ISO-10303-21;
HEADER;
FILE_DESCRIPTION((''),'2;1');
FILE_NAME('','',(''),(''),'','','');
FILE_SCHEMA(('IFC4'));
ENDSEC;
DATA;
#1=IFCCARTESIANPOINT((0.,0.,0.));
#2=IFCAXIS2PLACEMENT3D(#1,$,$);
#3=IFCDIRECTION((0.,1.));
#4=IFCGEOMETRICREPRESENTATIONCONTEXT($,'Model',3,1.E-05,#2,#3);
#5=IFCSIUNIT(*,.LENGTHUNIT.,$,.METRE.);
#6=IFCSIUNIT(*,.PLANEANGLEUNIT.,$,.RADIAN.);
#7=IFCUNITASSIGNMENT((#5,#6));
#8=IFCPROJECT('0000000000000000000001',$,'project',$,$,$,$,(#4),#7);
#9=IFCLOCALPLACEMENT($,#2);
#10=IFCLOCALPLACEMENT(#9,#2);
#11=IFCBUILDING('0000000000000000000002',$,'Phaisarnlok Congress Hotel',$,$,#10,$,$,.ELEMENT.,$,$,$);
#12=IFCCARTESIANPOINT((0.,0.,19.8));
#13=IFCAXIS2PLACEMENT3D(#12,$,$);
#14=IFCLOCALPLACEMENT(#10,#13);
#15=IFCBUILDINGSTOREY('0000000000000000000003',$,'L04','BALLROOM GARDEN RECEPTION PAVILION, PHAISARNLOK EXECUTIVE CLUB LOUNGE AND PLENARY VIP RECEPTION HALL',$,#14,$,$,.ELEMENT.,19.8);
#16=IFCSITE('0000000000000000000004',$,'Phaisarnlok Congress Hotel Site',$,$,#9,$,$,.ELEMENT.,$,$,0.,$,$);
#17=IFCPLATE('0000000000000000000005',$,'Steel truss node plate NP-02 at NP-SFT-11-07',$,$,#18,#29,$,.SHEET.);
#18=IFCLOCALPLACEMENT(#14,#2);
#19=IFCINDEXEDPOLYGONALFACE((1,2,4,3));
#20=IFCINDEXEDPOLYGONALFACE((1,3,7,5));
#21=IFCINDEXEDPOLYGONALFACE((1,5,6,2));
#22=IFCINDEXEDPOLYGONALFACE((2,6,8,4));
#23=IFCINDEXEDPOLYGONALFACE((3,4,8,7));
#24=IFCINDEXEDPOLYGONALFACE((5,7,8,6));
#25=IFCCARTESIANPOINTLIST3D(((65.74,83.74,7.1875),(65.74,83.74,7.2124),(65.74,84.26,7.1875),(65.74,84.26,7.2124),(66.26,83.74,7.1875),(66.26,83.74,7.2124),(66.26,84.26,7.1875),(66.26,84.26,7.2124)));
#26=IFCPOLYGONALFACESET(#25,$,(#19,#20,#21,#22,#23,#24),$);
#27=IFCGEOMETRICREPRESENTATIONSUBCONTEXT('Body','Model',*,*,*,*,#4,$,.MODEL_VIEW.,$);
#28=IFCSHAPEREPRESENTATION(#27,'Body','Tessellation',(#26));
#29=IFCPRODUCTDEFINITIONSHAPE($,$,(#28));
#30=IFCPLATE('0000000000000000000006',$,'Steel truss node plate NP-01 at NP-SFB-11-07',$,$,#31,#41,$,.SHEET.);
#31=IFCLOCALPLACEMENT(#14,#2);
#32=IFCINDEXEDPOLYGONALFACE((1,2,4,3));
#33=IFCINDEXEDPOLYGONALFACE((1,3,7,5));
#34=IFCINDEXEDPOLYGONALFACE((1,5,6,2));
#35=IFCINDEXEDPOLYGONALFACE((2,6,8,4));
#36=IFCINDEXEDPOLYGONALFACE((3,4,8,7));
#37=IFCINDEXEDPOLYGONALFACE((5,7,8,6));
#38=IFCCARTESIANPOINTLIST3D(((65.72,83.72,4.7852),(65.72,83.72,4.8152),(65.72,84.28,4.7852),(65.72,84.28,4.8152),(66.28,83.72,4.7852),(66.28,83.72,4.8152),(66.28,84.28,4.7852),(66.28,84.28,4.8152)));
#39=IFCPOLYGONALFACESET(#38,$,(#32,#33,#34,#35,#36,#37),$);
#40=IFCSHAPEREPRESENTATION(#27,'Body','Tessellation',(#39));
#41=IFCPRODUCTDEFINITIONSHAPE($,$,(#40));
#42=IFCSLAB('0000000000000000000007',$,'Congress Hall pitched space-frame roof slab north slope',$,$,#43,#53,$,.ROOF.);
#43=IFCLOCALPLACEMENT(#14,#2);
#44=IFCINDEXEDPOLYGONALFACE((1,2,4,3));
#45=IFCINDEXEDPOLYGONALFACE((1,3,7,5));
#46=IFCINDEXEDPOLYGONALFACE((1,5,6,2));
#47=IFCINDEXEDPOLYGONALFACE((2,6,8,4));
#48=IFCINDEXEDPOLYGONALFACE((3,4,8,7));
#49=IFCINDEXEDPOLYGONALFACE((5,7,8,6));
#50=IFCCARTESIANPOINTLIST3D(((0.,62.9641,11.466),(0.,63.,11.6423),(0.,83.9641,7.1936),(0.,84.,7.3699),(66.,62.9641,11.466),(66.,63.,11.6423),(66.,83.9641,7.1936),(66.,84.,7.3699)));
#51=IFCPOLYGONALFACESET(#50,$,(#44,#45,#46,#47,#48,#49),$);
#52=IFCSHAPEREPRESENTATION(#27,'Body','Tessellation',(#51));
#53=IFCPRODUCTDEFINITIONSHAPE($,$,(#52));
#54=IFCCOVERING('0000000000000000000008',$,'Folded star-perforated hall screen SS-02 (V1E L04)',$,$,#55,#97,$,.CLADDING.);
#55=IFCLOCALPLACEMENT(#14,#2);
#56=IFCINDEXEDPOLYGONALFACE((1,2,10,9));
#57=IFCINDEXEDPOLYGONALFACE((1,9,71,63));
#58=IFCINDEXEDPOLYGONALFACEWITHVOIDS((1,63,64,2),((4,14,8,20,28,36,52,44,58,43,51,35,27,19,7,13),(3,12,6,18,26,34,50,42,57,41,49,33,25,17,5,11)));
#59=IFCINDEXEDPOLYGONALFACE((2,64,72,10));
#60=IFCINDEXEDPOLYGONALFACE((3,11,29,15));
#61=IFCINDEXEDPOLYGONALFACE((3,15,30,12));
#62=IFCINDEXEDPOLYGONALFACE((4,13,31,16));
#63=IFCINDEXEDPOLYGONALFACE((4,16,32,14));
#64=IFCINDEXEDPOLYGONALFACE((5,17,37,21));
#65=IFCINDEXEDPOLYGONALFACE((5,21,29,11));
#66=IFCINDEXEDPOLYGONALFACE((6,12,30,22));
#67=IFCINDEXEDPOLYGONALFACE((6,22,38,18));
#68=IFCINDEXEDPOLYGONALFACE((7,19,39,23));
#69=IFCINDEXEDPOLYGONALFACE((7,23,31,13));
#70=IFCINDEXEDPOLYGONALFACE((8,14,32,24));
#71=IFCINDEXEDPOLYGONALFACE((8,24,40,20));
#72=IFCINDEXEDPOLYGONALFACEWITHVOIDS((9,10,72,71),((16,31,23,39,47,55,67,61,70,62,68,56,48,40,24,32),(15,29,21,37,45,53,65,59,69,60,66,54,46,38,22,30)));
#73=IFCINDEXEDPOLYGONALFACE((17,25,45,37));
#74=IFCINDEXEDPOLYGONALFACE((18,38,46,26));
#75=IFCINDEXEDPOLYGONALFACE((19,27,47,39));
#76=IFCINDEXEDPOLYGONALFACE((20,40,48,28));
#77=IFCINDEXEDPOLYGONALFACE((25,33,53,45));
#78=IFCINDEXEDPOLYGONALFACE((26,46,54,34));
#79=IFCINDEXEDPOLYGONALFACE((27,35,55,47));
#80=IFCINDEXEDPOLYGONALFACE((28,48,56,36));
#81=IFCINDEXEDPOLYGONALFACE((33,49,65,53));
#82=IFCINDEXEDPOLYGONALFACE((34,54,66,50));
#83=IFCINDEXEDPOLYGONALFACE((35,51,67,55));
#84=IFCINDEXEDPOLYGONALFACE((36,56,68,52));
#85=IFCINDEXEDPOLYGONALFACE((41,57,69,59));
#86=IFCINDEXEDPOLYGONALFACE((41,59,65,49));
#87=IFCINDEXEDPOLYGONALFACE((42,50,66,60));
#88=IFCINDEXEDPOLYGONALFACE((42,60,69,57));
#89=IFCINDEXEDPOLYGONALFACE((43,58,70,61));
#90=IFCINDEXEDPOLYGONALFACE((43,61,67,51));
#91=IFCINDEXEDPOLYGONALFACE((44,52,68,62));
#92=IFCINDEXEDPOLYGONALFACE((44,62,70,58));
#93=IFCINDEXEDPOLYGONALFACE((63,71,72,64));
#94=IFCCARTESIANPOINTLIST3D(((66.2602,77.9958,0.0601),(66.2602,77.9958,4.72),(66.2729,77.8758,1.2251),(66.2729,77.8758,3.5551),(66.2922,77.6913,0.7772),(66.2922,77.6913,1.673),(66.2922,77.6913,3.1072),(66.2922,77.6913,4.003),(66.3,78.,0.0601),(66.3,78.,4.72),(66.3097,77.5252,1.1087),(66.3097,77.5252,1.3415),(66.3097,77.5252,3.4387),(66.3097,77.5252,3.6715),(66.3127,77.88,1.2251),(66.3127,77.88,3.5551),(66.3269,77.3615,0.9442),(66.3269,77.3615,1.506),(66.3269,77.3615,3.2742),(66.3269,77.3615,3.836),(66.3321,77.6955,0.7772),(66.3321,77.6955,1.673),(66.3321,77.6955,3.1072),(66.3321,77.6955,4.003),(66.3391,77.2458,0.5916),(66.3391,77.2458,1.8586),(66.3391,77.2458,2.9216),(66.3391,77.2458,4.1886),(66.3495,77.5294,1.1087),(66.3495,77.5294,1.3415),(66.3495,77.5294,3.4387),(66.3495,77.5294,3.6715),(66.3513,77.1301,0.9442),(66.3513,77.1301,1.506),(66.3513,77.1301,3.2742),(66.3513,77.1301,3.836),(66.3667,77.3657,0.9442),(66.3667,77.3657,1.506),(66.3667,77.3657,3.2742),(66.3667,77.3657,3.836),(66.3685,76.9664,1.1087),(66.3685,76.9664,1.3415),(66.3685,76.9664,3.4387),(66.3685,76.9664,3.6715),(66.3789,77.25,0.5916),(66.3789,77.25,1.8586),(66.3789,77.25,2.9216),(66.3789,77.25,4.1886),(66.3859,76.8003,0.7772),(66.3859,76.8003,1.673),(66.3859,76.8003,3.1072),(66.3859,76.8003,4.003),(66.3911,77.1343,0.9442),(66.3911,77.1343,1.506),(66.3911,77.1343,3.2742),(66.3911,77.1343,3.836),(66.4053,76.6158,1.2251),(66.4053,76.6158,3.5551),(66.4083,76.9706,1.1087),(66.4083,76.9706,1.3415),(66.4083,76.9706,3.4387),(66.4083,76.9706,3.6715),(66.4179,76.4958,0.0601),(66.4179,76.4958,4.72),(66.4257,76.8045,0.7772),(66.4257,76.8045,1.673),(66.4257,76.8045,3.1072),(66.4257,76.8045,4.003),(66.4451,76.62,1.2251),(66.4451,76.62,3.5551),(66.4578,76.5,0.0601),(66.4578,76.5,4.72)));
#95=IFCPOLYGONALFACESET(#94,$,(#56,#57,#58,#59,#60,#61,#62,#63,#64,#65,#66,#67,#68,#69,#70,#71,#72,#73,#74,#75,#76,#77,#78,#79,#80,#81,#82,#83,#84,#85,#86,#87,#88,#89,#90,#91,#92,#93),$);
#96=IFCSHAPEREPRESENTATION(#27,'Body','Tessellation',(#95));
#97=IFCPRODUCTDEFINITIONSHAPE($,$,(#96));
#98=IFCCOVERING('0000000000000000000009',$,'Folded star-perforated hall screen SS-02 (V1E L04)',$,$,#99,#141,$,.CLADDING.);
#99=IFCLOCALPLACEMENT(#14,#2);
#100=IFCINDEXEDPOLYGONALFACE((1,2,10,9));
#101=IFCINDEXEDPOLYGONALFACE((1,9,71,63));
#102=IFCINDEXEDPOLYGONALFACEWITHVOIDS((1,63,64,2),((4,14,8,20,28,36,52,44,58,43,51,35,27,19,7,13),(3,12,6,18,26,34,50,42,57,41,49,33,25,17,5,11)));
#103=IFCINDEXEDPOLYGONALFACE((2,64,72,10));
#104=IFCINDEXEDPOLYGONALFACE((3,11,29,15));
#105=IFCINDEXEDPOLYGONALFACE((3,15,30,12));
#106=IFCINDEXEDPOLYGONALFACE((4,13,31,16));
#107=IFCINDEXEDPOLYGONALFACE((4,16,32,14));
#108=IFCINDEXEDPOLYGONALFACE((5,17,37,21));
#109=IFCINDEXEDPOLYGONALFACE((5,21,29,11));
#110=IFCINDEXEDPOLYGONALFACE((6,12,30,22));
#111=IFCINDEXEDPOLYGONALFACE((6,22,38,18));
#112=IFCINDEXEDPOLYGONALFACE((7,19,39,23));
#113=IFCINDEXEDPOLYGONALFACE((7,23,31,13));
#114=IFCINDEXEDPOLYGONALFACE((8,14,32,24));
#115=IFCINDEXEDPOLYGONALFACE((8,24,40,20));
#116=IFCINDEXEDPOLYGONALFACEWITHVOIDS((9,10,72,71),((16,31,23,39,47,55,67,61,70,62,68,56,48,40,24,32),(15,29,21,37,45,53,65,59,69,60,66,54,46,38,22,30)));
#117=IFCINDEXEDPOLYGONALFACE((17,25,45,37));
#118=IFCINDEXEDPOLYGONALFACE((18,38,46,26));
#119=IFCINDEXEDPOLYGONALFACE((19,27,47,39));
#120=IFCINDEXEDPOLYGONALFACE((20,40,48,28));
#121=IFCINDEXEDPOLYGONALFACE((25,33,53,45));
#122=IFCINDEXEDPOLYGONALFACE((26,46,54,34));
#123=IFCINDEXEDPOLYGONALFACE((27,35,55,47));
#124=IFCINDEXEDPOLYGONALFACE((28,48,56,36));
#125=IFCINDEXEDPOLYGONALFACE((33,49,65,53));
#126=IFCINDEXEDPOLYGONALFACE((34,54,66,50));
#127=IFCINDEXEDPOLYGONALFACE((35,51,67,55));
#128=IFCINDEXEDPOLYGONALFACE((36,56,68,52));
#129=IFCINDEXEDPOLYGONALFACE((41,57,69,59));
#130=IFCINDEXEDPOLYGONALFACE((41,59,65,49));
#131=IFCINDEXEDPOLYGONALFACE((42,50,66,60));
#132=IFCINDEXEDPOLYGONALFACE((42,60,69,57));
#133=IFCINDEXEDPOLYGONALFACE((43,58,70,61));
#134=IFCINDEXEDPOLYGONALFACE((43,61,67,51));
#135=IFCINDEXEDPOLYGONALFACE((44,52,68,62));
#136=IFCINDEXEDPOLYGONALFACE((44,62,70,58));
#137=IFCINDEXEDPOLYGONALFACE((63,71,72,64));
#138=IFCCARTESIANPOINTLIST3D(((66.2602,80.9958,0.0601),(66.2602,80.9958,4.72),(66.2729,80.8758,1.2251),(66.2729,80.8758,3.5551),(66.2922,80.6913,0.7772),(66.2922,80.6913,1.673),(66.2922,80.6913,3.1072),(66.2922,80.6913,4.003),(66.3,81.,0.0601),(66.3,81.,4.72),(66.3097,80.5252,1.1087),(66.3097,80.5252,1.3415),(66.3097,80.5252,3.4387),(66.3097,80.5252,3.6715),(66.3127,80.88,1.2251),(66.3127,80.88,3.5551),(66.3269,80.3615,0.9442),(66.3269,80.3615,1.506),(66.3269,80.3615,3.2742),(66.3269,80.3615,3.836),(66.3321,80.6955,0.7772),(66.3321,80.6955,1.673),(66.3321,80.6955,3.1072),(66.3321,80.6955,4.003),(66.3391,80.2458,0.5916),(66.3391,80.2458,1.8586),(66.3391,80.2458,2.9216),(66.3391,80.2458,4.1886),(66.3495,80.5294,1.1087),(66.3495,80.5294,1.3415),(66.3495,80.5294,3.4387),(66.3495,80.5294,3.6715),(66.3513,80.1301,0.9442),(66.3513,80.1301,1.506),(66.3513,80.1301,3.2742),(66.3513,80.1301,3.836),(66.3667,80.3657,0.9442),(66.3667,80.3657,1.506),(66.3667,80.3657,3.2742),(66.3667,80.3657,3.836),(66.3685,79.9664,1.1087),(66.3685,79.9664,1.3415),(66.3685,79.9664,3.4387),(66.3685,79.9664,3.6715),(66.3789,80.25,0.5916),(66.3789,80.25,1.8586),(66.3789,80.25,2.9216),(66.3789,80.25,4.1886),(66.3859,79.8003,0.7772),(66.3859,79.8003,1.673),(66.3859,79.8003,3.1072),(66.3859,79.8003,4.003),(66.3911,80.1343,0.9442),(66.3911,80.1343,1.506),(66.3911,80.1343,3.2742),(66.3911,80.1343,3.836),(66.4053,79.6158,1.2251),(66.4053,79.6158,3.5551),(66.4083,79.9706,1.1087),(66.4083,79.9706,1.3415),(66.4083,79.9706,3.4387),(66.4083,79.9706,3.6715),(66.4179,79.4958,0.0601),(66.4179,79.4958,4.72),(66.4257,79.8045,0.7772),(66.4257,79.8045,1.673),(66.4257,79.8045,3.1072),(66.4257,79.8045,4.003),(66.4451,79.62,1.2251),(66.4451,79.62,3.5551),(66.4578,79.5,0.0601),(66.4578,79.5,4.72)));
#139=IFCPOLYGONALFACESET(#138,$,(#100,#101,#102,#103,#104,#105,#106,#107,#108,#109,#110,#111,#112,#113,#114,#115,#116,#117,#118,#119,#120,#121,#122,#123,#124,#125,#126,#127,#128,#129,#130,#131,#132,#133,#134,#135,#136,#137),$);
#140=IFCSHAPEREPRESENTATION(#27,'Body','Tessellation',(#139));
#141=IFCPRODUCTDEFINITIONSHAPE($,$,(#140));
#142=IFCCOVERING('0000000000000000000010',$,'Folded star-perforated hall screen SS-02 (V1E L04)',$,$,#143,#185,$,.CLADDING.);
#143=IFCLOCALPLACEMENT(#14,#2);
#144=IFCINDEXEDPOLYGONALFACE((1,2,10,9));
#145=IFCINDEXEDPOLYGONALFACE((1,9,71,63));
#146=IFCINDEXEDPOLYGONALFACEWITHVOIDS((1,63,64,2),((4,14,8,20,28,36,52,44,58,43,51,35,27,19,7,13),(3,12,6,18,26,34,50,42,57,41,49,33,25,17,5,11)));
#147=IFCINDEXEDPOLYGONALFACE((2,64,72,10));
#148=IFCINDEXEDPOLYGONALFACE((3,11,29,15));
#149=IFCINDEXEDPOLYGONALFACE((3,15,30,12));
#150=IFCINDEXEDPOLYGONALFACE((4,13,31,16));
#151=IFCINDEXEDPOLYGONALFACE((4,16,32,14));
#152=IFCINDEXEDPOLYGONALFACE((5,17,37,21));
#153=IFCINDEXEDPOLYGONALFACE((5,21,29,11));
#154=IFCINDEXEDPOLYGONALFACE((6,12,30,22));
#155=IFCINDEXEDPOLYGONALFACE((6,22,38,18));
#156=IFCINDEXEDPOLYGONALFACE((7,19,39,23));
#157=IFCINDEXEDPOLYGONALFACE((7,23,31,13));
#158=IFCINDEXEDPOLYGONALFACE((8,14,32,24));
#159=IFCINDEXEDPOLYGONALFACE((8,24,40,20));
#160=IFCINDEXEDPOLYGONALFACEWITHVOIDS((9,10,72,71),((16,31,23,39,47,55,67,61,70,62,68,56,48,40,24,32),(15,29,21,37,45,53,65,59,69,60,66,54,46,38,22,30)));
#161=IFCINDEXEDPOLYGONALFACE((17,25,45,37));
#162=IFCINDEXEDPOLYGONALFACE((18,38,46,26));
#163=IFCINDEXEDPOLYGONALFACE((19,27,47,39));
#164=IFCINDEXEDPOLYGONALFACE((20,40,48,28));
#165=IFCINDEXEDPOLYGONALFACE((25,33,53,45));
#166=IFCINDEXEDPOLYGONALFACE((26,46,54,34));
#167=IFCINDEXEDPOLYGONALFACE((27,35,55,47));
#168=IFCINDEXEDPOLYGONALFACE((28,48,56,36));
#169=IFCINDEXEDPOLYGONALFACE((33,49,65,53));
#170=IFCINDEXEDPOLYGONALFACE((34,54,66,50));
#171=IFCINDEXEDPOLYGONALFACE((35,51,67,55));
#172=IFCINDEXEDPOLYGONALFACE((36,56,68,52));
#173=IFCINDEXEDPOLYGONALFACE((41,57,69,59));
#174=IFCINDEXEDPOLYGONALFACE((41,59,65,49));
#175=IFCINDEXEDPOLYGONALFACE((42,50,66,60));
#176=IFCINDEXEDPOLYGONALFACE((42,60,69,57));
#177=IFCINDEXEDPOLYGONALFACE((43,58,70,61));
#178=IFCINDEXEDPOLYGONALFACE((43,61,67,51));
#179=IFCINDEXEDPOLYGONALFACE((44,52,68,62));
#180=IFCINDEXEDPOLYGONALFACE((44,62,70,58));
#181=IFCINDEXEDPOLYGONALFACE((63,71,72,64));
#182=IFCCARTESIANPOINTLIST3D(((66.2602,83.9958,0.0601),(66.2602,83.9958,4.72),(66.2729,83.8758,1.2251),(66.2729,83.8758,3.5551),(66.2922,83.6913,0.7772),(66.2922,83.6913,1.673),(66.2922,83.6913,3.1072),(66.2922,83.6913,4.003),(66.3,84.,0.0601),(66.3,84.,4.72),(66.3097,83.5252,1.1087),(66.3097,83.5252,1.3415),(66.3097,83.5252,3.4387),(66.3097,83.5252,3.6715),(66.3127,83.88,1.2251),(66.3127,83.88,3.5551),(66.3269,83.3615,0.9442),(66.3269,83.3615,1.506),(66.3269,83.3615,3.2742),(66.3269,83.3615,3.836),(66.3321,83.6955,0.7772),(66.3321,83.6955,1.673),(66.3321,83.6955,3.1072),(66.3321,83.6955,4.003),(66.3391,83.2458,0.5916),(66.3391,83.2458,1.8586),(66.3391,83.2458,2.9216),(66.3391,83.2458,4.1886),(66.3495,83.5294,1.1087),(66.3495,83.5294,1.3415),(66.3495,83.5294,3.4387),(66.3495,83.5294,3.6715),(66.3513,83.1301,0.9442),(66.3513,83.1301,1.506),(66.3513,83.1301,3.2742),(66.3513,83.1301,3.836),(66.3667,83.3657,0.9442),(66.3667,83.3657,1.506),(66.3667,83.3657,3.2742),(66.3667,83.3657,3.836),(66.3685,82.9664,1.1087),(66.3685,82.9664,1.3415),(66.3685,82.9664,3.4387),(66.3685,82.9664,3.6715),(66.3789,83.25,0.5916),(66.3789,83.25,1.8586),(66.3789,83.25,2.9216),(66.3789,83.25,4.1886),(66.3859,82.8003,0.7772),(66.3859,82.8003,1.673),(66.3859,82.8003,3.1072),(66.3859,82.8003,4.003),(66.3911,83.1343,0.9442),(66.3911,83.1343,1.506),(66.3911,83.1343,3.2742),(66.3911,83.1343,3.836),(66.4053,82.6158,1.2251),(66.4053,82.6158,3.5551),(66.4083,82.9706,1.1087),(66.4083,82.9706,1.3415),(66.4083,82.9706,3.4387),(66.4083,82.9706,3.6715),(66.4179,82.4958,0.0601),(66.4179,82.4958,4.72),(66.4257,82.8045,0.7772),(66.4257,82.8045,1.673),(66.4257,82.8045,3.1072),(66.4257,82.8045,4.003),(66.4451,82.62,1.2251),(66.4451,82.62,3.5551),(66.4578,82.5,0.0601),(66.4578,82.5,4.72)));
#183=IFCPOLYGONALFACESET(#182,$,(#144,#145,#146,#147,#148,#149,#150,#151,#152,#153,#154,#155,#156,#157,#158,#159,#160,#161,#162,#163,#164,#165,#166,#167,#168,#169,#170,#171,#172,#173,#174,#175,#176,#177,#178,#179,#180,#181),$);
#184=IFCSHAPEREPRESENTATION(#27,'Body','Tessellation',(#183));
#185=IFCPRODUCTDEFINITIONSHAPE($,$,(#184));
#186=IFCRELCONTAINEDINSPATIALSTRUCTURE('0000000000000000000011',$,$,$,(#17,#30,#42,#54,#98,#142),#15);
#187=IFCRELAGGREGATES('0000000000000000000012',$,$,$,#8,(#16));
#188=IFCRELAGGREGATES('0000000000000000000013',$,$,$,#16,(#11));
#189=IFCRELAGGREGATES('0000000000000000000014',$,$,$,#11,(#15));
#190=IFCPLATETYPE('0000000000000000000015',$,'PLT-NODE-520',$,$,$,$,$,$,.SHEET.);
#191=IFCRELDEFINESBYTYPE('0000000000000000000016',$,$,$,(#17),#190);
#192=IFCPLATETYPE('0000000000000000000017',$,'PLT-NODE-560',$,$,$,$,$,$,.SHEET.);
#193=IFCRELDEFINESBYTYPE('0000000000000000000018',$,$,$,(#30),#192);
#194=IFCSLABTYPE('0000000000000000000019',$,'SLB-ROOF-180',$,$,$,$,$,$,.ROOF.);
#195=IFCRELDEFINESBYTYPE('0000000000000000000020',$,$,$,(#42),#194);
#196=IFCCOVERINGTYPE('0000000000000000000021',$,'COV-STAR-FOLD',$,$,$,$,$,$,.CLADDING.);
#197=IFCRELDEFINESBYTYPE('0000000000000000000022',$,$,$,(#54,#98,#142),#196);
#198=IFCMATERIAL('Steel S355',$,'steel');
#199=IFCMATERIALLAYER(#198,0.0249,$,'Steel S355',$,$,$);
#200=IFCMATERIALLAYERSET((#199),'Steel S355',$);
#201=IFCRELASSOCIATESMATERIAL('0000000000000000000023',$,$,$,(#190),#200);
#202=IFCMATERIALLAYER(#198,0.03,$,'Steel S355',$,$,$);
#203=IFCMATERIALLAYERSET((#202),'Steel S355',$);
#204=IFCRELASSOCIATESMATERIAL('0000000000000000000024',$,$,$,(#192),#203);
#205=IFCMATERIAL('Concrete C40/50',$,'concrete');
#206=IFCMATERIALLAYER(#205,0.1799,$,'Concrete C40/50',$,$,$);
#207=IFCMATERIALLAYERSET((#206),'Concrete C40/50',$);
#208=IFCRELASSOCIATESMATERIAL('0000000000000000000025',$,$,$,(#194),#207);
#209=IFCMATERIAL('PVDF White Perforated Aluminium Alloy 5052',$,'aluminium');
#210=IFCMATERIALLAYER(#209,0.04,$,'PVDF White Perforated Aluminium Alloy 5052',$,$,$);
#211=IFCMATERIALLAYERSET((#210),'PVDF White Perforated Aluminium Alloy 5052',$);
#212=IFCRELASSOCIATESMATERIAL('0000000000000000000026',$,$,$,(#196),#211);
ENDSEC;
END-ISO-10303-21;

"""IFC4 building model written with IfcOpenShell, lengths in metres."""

from ifc_helpers import new_model, si_unit, direction, frame, origin, origin_2d, place, context, subcontext, project, spatial, polyline, rectangle, outline, extrude, material, layer, layer_set, type_object, element, save


model = new_model("IFC4")

# Units and contexts
model_context = context("Model", 3, precision=1e-05, world=origin(), true_north=direction((0.0, 1.0)))
body_context = subcontext(model_context, "Body", "Model", "MODEL_VIEW")
ifc_project = project(units=[si_unit("LENGTHUNIT", "METRE"), si_unit("PLANEANGLEUNIT", "RADIAN")], contexts=[model_context])

# Site, building, storey
site_placement = place(None, origin())
site = spatial("IfcSite", under=ifc_project, at=site_placement, Name="Phaisarnlok Congress Hotel Site", CompositionType="ELEMENT", RefElevation=0.0)
building_placement = place(site_placement, origin())
building = spatial("IfcBuilding", under=site, at=building_placement, Name="Phaisarnlok Congress Hotel", CompositionType="ELEMENT")
storey_placement = place(building_placement, frame((0.0, 0.0, 19.8)))
storey = spatial("IfcBuildingStorey", under=building, at=storey_placement, Name="L04", Description="BALLROOM GARDEN RECEPTION PAVILION, PHAISARNLOK EXECUTIVE CLUB LOUNGE AND PLENARY VIP RECEPTION HALL", CompositionType="ELEMENT", Elevation=19.8)

# Shared definitions
ifc_material_1 = material(Name="Steel S355", Category="steel")

# Shared definitions
ifc_material_2 = material(Name="Concrete C40/50", Category="concrete")

# Plates
ifc_layer_1 = layer(ifc_material_1, 0.0249, Name="Steel S355")
ifc_layer_set_1 = layer_set([ifc_layer_1], Name="Steel S355")
plate_type_1 = type_object("IfcPlateType", Name="PLT-NODE-520", PredefinedType="SHEET", material=ifc_layer_set_1)
plate_1_placement = place(storey_placement, frame((66.0, 84.0, 7.1875), z_axis=(0.0, 0.0, 1.0), x_axis=(1.0, 0.0, 0.0)))
element("IfcPlate", 1, at=plate_1_placement, inside=storey, type_object=plate_type_1, Name="Steel truss node plate NP-02 at NP-SFT-11-07", PredefinedType="SHEET", context=body_context, shape_type="SweptSolid", body=[
    extrude(rectangle(XDim=0.52, YDim=0.52, at=origin_2d()), origin(), (0.0, 0.0, 1.0), 0.0249),
])
ifc_layer_2 = layer(ifc_material_1, 0.03, Name="Steel S355")
ifc_layer_set_2 = layer_set([ifc_layer_2], Name="Steel S355")
plate_type_2 = type_object("IfcPlateType", Name="PLT-NODE-560", PredefinedType="SHEET", material=ifc_layer_set_2)
plate_2_placement = place(storey_placement, frame((66.0, 84.0, 4.7852), z_axis=(0.0, 0.0, 1.0), x_axis=(1.0, 0.0, 0.0)))
element("IfcPlate", 2, at=plate_2_placement, inside=storey, type_object=plate_type_2, Name="Steel truss node plate NP-01 at NP-SFB-11-07", PredefinedType="SHEET", context=body_context, shape_type="SweptSolid", body=[
    extrude(rectangle(XDim=0.5601, YDim=0.5601, at=origin_2d()), origin(), (0.0, 0.0, 1.0), 0.03),
])

# Slab
ifc_layer_3 = layer(ifc_material_2, 0.1799, Name="Concrete C40/50")
ifc_layer_set_3 = layer_set([ifc_layer_3], Name="Concrete C40/50")
slab_type = type_object("IfcSlabType", Name="SLB-ROOF-180", PredefinedType="ROOF", material=ifc_layer_set_3)
slab_placement = place(storey_placement, frame((66.0, 84.0, 7.3699), z_axis=(0.0, 0.199366, 0.979925), x_axis=(-1.0, 0.0, 0.0)))
element("IfcSlab", 3, at=slab_placement, inside=storey, type_object=slab_type, Name="Congress Hall pitched space-frame roof slab north slope", PredefinedType="ROOF", context=body_context, shape_type="SweptSolid", body=[
    extrude(outline(polyline([(0.0, 0.0), (66.0, 0.0), (66.0, 21.4302), (0.0, 21.4302), (0.0, 0.0)])), origin(), (0.0, 0.0, -1.0), 0.1799),
])

# Coverings
ifc_material_3 = material(Name="PVDF White Perforated Aluminium Alloy 5052", Category="aluminium")
ifc_layer_4 = layer(ifc_material_3, 0.04, Name="PVDF White Perforated Aluminium Alloy 5052")
ifc_layer_set_4 = layer_set([ifc_layer_4], Name="PVDF White Perforated Aluminium Alloy 5052")
covering_type = type_object("IfcCoveringType", Name="COV-STAR-FOLD", PredefinedType="CLADDING", material=ifc_layer_set_4)
for number, where, z_axis, x_axis, name in (
    (4, (66.3, 78.0, 0.0601), (-0.994518, -0.104567, 0.0), (0.104567, -0.994518, 0.0), "Folded star-perforated hall screen SS-02 (V1E L04)"),
    (5, (66.3, 81.0, 0.0601), (-0.994518, -0.104567, 0.0), (0.104567, -0.994518, 0.0), "Folded star-perforated hall screen SS-02 (V1E L04)"),
    (6, (66.3, 84.0, 0.0601), (-0.994518, -0.104567, 0.0), (0.104567, -0.994518, 0.0), "Folded star-perforated hall screen SS-02 (V1E L04)"),
):
    element("IfcCovering", number, at=place(storey_placement, frame(where, z_axis=z_axis, x_axis=x_axis)), inside=storey, type_object=covering_type, Name=name, PredefinedType="CLADDING", context=body_context, shape_type="SweptSolid", body=[
        extrude(outline(polyline([(0.0, 0.0), (1.5083, 0.0), (1.5083, 4.6599), (0.0, 4.6599), (0.0, 0.0)]), holes=[polyline([(1.0351, 1.0486), (1.2021, 0.7171), (0.8705, 0.8841), (0.7541, 0.5315), (0.6378, 0.8841), (0.3062, 0.7171), (0.4732, 1.0486), (0.1207, 1.165), (0.4732, 1.2814), (0.3062, 1.6129), (0.6378, 1.4459), (0.7541, 1.7985), (0.8705, 1.4459), (1.2021, 1.6129), (1.0351, 1.2814), (1.3876, 1.165), (1.0351, 1.0486)]), polyline([(1.0351, 3.3786), (1.2021, 3.0471), (0.8705, 3.2141), (0.7541, 2.8615), (0.6378, 3.2141), (0.3062, 3.0471), (0.4732, 3.3786), (0.1207, 3.495), (0.4732, 3.6114), (0.3062, 3.9429), (0.6378, 3.7759), (0.7541, 4.1285), (0.8705, 3.7759), (1.2021, 3.9429), (1.0351, 3.6114), (1.3876, 3.495), (1.0351, 3.3786)])]), origin(), (0.0, 0.0, 1.0), 0.04),
    ])

save(model, "model.ifc")
